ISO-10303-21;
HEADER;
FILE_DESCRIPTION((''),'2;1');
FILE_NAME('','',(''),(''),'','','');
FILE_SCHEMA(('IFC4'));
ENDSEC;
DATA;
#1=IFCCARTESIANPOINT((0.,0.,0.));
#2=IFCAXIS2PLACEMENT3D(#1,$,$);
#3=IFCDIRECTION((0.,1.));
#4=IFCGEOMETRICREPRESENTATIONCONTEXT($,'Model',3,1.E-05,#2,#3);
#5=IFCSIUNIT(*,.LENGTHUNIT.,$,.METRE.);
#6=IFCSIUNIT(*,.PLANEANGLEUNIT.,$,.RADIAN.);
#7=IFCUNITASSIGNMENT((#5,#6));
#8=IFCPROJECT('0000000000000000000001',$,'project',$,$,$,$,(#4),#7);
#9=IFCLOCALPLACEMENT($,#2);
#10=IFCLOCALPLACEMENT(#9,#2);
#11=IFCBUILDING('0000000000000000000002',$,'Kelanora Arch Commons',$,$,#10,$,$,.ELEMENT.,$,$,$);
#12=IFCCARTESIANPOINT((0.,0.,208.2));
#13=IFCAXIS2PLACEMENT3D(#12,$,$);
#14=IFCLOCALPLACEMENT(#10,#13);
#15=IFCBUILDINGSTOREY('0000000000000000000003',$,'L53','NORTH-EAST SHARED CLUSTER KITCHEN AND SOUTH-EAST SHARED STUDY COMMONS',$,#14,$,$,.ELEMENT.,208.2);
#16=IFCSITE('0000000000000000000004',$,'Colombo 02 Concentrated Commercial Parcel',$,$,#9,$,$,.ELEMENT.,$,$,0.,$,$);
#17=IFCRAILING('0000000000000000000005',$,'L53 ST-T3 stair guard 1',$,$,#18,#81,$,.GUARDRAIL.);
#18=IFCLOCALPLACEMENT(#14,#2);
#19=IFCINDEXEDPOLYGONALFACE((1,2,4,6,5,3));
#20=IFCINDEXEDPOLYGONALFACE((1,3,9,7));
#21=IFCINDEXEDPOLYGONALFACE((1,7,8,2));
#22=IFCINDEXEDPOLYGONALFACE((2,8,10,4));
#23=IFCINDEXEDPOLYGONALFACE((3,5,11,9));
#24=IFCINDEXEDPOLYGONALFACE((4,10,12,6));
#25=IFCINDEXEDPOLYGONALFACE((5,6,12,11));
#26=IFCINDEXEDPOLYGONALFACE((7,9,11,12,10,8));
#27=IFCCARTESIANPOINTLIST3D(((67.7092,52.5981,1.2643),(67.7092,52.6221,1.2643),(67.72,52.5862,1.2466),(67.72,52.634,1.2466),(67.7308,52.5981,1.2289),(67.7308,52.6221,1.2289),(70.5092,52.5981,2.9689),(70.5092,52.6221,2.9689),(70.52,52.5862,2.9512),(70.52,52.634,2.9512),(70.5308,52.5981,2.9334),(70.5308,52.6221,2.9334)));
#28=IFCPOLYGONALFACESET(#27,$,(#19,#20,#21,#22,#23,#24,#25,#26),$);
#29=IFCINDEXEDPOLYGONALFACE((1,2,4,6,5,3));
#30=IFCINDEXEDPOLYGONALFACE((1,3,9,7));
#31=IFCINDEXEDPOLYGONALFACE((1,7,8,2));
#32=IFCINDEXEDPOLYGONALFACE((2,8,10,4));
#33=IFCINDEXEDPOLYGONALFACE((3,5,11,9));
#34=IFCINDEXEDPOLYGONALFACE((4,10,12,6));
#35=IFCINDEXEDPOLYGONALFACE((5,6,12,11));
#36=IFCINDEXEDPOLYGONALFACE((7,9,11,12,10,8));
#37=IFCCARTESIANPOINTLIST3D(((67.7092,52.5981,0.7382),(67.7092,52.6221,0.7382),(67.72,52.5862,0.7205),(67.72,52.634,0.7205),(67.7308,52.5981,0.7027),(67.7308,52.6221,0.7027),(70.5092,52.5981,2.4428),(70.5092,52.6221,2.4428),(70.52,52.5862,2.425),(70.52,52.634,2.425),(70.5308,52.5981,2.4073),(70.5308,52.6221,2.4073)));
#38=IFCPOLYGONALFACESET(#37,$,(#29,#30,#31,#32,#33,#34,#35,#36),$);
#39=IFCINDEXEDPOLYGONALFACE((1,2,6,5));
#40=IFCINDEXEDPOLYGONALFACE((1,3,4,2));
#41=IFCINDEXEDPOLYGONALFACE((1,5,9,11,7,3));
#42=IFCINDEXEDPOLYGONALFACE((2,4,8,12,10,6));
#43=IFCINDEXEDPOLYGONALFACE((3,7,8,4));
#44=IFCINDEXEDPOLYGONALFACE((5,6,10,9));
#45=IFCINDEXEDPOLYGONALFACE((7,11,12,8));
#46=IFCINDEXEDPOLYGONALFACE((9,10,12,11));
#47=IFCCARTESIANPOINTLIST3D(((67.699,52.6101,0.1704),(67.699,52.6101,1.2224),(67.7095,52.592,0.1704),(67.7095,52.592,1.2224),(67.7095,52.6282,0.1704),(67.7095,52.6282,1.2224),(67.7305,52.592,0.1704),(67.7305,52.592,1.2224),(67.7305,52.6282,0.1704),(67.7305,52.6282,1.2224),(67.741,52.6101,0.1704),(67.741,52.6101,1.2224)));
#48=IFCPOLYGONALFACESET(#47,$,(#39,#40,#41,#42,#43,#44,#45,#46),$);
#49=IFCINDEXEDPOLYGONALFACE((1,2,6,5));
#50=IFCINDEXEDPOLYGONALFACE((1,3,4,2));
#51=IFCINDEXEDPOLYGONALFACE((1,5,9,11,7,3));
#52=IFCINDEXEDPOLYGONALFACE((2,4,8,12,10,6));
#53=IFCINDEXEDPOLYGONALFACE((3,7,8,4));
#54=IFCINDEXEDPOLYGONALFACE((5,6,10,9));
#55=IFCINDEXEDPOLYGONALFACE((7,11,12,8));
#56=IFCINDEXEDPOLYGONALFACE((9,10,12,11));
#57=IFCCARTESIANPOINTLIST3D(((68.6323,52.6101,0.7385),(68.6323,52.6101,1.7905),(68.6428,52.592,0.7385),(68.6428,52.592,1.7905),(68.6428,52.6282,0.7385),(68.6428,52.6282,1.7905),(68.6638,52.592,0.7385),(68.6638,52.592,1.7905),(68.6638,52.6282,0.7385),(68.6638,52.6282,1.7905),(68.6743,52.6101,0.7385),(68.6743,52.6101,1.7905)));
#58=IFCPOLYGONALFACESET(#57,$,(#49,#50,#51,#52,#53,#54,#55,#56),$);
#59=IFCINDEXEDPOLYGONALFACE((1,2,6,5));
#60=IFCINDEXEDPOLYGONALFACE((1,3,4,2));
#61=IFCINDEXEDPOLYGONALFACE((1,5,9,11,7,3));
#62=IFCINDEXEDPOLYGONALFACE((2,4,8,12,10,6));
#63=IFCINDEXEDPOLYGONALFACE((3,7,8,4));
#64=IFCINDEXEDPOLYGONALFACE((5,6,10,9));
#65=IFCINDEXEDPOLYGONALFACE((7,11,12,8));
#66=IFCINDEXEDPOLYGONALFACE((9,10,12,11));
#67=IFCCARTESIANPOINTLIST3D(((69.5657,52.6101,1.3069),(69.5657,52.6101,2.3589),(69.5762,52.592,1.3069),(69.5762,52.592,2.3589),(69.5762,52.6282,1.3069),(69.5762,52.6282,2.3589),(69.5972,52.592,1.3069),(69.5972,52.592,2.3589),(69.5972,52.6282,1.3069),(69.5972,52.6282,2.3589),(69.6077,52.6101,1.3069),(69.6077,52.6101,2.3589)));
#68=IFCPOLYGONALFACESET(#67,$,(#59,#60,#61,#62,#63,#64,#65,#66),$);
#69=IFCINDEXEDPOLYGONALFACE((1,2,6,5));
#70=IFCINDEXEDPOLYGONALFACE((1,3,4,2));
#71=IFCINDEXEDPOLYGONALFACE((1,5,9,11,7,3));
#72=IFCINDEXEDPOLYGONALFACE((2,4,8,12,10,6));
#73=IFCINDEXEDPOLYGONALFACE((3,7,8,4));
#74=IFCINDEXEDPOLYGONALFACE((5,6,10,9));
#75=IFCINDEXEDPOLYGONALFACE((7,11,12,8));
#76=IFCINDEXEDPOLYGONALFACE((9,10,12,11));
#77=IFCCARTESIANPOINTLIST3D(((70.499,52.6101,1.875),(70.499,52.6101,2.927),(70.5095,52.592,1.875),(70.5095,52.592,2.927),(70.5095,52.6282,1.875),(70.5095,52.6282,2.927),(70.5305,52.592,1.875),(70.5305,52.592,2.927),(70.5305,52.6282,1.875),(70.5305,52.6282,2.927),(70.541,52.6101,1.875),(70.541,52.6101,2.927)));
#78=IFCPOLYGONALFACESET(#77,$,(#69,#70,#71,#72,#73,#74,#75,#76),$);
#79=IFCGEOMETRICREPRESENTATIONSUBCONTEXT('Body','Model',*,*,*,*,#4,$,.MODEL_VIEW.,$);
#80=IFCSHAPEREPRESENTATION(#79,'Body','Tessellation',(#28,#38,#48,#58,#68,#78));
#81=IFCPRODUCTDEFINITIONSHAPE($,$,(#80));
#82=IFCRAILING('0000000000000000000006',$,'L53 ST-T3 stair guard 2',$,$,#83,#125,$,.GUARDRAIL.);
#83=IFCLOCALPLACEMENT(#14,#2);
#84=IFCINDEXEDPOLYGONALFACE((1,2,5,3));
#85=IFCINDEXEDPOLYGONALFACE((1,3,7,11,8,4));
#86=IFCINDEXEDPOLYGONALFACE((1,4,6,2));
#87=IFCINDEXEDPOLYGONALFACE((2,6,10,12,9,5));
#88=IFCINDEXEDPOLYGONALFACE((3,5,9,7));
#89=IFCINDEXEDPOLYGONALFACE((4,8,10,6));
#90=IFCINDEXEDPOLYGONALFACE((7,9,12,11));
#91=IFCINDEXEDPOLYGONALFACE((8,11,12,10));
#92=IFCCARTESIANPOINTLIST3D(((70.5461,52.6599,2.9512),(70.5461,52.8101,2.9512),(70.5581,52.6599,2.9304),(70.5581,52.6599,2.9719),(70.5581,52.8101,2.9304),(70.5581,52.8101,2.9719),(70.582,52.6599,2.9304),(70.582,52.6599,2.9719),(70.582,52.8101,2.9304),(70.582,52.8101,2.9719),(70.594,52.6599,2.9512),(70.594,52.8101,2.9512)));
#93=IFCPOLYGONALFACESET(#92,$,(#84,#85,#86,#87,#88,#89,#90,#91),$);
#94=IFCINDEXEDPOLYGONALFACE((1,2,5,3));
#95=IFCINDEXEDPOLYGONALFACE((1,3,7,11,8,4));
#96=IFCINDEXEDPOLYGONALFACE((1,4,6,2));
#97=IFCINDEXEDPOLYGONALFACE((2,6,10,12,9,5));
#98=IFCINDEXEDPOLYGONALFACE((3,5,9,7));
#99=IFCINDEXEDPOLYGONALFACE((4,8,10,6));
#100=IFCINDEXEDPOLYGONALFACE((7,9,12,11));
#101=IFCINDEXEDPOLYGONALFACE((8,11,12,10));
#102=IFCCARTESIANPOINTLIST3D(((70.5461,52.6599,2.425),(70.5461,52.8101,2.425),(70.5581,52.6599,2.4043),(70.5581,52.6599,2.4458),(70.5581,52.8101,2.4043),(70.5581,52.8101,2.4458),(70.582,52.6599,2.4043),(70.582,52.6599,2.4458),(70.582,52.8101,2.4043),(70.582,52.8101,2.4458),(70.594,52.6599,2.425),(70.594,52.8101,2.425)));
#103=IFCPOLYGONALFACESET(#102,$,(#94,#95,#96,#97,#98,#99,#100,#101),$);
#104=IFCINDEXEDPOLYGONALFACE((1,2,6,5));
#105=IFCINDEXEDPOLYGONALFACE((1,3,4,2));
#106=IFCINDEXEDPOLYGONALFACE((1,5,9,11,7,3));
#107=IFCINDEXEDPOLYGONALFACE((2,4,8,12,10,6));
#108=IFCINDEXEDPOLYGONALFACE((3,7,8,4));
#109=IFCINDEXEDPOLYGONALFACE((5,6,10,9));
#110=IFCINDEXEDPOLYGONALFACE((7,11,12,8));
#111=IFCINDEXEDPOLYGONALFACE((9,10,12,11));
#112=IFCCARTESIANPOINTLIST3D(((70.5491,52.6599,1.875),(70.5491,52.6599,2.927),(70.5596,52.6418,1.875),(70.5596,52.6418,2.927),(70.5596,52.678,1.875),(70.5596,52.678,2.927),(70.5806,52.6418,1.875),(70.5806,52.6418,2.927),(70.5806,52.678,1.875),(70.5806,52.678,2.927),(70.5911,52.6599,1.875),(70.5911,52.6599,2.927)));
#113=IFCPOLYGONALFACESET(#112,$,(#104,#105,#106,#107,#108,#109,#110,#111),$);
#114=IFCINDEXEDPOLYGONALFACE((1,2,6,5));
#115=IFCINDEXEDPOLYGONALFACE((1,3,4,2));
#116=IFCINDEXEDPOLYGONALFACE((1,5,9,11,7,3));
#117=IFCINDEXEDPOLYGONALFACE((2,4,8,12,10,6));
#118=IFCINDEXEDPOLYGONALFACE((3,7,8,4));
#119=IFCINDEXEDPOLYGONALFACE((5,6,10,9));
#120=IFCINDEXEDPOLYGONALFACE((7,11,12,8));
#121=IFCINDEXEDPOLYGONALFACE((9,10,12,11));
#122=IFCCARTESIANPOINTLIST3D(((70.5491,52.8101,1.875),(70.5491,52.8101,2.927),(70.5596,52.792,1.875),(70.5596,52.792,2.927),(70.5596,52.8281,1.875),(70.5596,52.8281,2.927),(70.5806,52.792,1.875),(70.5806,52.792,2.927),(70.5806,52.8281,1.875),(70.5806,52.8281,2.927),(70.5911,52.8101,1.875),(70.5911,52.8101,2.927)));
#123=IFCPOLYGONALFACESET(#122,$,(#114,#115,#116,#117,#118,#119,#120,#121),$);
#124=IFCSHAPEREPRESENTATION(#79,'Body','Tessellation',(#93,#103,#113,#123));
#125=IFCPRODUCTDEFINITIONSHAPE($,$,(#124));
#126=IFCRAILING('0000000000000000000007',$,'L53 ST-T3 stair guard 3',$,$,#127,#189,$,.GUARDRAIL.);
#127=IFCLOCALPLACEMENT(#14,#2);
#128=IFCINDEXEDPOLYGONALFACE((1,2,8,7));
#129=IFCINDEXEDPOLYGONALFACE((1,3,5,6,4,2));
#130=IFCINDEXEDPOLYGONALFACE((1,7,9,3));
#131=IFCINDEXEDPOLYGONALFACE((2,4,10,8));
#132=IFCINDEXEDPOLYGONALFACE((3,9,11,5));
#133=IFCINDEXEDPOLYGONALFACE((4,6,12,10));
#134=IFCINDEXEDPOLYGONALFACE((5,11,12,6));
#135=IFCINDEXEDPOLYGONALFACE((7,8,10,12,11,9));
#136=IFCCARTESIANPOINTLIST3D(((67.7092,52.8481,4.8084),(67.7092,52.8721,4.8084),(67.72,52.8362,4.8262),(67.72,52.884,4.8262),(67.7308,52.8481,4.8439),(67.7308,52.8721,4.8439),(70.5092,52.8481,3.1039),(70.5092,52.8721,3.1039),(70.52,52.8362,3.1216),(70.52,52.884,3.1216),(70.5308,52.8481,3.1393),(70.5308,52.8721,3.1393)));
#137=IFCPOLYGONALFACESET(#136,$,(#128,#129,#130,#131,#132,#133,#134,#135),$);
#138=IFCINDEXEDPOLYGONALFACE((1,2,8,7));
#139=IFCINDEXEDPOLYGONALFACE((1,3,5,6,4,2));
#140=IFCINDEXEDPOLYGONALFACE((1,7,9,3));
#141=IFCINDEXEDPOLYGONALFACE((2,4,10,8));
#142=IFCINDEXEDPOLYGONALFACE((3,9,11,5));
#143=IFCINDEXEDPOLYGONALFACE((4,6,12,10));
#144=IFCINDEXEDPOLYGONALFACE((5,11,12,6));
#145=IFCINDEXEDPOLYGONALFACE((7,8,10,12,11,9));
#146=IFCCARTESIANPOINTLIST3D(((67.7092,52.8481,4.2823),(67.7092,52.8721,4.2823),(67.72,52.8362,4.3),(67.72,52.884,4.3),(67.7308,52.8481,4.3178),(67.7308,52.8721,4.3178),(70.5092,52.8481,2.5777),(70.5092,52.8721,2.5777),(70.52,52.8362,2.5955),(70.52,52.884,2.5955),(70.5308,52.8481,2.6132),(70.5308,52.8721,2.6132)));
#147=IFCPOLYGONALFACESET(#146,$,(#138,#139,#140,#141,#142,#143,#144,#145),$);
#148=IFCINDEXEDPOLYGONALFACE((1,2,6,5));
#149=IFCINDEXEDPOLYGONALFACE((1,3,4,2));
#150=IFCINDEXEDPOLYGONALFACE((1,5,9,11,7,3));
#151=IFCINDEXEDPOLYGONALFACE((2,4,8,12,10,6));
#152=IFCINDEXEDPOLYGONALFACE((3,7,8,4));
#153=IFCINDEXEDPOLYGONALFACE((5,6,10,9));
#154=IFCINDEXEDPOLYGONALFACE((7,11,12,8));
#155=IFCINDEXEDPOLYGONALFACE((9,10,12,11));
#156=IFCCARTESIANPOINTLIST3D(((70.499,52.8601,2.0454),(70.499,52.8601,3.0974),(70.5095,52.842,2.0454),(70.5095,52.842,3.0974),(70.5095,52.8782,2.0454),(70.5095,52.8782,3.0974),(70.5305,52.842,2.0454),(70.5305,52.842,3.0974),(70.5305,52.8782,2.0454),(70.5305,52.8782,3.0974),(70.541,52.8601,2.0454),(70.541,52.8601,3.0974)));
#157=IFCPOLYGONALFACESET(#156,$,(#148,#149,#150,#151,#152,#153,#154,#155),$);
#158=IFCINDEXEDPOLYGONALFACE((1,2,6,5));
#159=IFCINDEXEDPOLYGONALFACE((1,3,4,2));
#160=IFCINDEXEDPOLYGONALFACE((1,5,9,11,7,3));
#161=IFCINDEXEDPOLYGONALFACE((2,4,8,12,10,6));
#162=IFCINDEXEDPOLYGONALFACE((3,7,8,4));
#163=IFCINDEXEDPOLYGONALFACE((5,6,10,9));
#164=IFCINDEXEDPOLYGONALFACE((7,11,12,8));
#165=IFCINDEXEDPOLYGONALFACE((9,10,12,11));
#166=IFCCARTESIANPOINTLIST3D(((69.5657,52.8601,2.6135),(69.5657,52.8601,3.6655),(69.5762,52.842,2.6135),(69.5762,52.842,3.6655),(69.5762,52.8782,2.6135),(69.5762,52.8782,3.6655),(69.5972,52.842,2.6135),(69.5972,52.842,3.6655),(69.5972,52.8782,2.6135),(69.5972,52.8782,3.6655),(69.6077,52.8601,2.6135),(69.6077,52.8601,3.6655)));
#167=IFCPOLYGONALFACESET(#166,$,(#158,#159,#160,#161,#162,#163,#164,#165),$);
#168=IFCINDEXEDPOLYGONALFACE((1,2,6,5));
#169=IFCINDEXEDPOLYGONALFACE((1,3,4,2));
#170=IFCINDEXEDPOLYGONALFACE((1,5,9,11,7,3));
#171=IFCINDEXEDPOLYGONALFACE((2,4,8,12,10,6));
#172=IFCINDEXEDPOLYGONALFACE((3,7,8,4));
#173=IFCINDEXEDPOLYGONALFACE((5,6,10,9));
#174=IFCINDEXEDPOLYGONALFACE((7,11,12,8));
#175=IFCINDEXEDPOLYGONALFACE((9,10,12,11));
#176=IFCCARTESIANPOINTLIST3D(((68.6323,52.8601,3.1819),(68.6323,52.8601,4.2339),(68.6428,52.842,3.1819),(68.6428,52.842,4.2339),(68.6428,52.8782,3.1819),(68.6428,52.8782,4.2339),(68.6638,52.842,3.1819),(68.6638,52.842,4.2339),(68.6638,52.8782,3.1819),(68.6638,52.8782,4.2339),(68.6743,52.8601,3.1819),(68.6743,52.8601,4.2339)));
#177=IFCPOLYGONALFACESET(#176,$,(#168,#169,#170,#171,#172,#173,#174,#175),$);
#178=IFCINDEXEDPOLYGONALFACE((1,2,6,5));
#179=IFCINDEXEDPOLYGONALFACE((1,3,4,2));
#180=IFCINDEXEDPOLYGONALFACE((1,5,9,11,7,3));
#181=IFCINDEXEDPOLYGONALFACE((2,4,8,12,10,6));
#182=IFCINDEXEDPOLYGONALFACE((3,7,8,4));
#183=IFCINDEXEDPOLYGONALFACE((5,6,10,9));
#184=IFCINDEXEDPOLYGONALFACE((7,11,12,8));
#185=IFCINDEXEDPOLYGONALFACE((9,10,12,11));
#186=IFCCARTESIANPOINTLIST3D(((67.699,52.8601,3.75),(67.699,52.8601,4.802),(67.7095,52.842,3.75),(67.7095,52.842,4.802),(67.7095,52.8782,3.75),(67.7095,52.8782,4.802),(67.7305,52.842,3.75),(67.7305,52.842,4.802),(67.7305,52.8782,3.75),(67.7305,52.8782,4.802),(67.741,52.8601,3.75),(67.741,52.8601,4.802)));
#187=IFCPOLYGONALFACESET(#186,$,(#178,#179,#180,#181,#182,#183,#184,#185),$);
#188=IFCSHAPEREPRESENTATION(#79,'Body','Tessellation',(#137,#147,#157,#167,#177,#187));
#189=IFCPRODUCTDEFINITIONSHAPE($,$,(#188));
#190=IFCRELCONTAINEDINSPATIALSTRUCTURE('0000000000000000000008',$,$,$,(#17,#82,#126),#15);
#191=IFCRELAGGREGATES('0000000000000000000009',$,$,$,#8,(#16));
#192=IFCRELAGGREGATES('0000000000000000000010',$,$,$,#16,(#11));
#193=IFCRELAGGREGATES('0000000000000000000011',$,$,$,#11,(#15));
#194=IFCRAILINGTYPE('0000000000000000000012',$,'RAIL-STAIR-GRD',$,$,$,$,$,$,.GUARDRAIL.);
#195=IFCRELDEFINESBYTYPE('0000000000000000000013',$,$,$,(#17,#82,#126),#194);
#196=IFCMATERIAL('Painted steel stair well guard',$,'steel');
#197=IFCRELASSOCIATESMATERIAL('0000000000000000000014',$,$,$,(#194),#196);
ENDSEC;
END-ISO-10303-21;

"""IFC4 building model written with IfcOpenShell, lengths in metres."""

from ifc_helpers import new_model, si_unit, direction, frame, origin, place, context, subcontext, project, spatial, polyline, outline, extrude, material, type_object, element, save


model = new_model("IFC4")

# Units and contexts
model_context = context("Model", 3, precision=1e-05, world=origin(), true_north=direction((0.0, 1.0)))
body_context = subcontext(model_context, "Body", "Model", "MODEL_VIEW")
ifc_project = project(units=[si_unit("LENGTHUNIT", "METRE"), si_unit("PLANEANGLEUNIT", "RADIAN")], contexts=[model_context])

# Site, building, storey
site_placement = place(None, origin())
site = spatial("IfcSite", under=ifc_project, at=site_placement, Name="Colombo 02 Concentrated Commercial Parcel", CompositionType="ELEMENT", RefElevation=0.0)
building_placement = place(site_placement, origin())
building = spatial("IfcBuilding", under=site, at=building_placement, Name="Kelanora Arch Commons", CompositionType="ELEMENT")
storey_placement = place(building_placement, frame((0.0, 0.0, 208.2)))
storey = spatial("IfcBuildingStorey", under=building, at=storey_placement, Name="L53", Description="NORTH-EAST SHARED CLUSTER KITCHEN AND SOUTH-EAST SHARED STUDY COMMONS", CompositionType="ELEMENT", Elevation=208.2)

# Railings
ifc_material_1 = material(Name="Painted steel stair well guard", Category="steel")
railing_type_1 = type_object("IfcRailingType", Name="RAIL-STAIR-GRD", PredefinedType="GUARDRAIL", material=ifc_material_1)
railing_1_placement = place(storey_placement, frame((67.72, 52.6101, 0.1704)))
element("IfcRailing", 1, at=railing_1_placement, inside=storey, type_object=railing_type_1, Name="L53 ST-T3 stair guard 1", PredefinedType="GUARDRAIL", context=body_context, shape_type="SweptSolid", body=[
    extrude(outline(polyline([(0.0239, 0.0), (0.012, 0.0208), (-0.012, 0.0208), (-0.0239, 0.0), (-0.012, -0.0208), (0.012, -0.0208), (0.0239, 0.0)])), frame((0.0, 0.0, 1.0762), z_axis=(0.85417, 0.0, 0.519994), x_axis=(0.0, 1.0, 0.0)), (0.0, 0.0, 1.0), 3.2781),
    extrude(outline(polyline([(0.0239, 0.0), (0.012, 0.0208), (-0.012, 0.0208), (-0.0239, 0.0), (-0.012, -0.0208), (0.012, -0.0208), (0.0239, 0.0)])), frame((0.0, 0.0, 0.55), z_axis=(0.85417, 0.0, 0.519994), x_axis=(0.0, 1.0, 0.0)), (0.0, 0.0, 1.0), 3.2781),
    extrude(outline(polyline([(0.021, 0.0), (0.0105, 0.0181), (-0.0105, 0.0181), (-0.021, 0.0), (-0.0105, -0.0181), (0.0105, -0.0181), (0.021, 0.0)])), origin(), (0.0, 0.0, 1.0), 1.052),
    extrude(outline(polyline([(0.021, 0.0), (0.0105, 0.0181), (-0.0105, 0.0181), (-0.021, 0.0), (-0.0105, -0.0181), (0.0105, -0.0181), (0.021, 0.0)])), frame((0.9333, 0.0, 0.5681)), (0.0, 0.0, 1.0), 1.052),
    extrude(outline(polyline([(0.021, 0.0), (0.0105, 0.0181), (-0.0105, 0.0181), (-0.021, 0.0), (-0.0105, -0.0181), (0.0105, -0.0181), (0.021, 0.0)])), frame((1.8667, 0.0, 1.1365)), (0.0, 0.0, 1.0), 1.052),
    extrude(outline(polyline([(0.021, 0.0), (0.0105, 0.0181), (-0.0105, 0.0181), (-0.021, 0.0), (-0.0105, -0.0181), (0.0105, -0.0181), (0.021, 0.0)])), frame((2.8, 0.0, 1.7046)), (0.0, 0.0, 1.0), 1.052),
])
railing_2_placement = place(storey_placement, frame((70.5701, 52.6599, 1.875)))
element("IfcRailing", 2, at=railing_2_placement, inside=storey, type_object=railing_type_1, Name="L53 ST-T3 stair guard 2", PredefinedType="GUARDRAIL", context=body_context, shape_type="SweptSolid", body=[
    extrude(outline(polyline([(0.0239, 0.0), (0.012, 0.0208), (-0.012, 0.0208), (-0.0239, 0.0), (-0.012, -0.0208), (0.012, -0.0208), (0.0239, 0.0)])), frame((0.0, 0.0, 1.0762), z_axis=(0.0, 1.0, 0.0), x_axis=(-1.0, 0.0, 0.0)), (0.0, 0.0, 1.0), 0.1501),
    extrude(outline(polyline([(0.0239, 0.0), (0.012, 0.0208), (-0.012, 0.0208), (-0.0239, 0.0), (-0.012, -0.0208), (0.012, -0.0208), (0.0239, 0.0)])), frame((0.0, 0.0, 0.55), z_axis=(0.0, 1.0, 0.0), x_axis=(-1.0, 0.0, 0.0)), (0.0, 0.0, 1.0), 0.1501),
    extrude(outline(polyline([(0.021, 0.0), (0.0105, 0.0181), (-0.0105, 0.0181), (-0.021, 0.0), (-0.0105, -0.0181), (0.0105, -0.0181), (0.021, 0.0)])), origin(), (0.0, 0.0, 1.0), 1.052),
    extrude(outline(polyline([(0.021, 0.0), (0.0105, 0.0181), (-0.0105, 0.0181), (-0.021, 0.0), (-0.0105, -0.0181), (0.0105, -0.0181), (0.021, 0.0)])), frame((0.0, 0.1501, 0.0)), (0.0, 0.0, 1.0), 1.052),
])
railing_3_placement = place(storey_placement, frame((70.52, 52.8601, 2.0454)))
element("IfcRailing", 3, at=railing_3_placement, inside=storey, type_object=railing_type_1, Name="L53 ST-T3 stair guard 3", PredefinedType="GUARDRAIL", context=body_context, shape_type="SweptSolid", body=[
    extrude(outline(polyline([(0.0239, 0.0), (0.012, 0.0208), (-0.012, 0.0208), (-0.0239, 0.0), (-0.012, -0.0208), (0.012, -0.0208), (0.0239, 0.0)])), frame((0.0, 0.0, 1.0762), z_axis=(-0.85417, 0.0, 0.519994), x_axis=(0.0, -1.0, 0.0)), (0.0, 0.0, 1.0), 3.2781),
    extrude(outline(polyline([(0.0239, 0.0), (0.012, 0.0208), (-0.012, 0.0208), (-0.0239, 0.0), (-0.012, -0.0208), (0.012, -0.0208), (0.0239, 0.0)])), frame((0.0, 0.0, 0.55), z_axis=(-0.85417, 0.0, 0.519994), x_axis=(0.0, -1.0, 0.0)), (0.0, 0.0, 1.0), 3.2781),
    extrude(outline(polyline([(0.021, 0.0), (0.0105, 0.0181), (-0.0105, 0.0181), (-0.021, 0.0), (-0.0105, -0.0181), (0.0105, -0.0181), (0.021, 0.0)])), origin(), (0.0, 0.0, 1.0), 1.052),
    extrude(outline(polyline([(0.021, 0.0), (0.0105, 0.0181), (-0.0105, 0.0181), (-0.021, 0.0), (-0.0105, -0.0181), (0.0105, -0.0181), (0.021, 0.0)])), frame((-0.9333, 0.0, 0.5681)), (0.0, 0.0, 1.0), 1.052),
    extrude(outline(polyline([(0.021, 0.0), (0.0105, 0.0181), (-0.0105, 0.0181), (-0.021, 0.0), (-0.0105, -0.0181), (0.0105, -0.0181), (0.021, 0.0)])), frame((-1.8667, 0.0, 1.1365)), (0.0, 0.0, 1.0), 1.052),
    extrude(outline(polyline([(0.021, 0.0), (0.0105, 0.0181), (-0.0105, 0.0181), (-0.021, 0.0), (-0.0105, -0.0181), (0.0105, -0.0181), (0.021, 0.0)])), frame((-2.8, 0.0, 1.7046)), (0.0, 0.0, 1.0), 1.052),
])

save(model, "model.ifc")
